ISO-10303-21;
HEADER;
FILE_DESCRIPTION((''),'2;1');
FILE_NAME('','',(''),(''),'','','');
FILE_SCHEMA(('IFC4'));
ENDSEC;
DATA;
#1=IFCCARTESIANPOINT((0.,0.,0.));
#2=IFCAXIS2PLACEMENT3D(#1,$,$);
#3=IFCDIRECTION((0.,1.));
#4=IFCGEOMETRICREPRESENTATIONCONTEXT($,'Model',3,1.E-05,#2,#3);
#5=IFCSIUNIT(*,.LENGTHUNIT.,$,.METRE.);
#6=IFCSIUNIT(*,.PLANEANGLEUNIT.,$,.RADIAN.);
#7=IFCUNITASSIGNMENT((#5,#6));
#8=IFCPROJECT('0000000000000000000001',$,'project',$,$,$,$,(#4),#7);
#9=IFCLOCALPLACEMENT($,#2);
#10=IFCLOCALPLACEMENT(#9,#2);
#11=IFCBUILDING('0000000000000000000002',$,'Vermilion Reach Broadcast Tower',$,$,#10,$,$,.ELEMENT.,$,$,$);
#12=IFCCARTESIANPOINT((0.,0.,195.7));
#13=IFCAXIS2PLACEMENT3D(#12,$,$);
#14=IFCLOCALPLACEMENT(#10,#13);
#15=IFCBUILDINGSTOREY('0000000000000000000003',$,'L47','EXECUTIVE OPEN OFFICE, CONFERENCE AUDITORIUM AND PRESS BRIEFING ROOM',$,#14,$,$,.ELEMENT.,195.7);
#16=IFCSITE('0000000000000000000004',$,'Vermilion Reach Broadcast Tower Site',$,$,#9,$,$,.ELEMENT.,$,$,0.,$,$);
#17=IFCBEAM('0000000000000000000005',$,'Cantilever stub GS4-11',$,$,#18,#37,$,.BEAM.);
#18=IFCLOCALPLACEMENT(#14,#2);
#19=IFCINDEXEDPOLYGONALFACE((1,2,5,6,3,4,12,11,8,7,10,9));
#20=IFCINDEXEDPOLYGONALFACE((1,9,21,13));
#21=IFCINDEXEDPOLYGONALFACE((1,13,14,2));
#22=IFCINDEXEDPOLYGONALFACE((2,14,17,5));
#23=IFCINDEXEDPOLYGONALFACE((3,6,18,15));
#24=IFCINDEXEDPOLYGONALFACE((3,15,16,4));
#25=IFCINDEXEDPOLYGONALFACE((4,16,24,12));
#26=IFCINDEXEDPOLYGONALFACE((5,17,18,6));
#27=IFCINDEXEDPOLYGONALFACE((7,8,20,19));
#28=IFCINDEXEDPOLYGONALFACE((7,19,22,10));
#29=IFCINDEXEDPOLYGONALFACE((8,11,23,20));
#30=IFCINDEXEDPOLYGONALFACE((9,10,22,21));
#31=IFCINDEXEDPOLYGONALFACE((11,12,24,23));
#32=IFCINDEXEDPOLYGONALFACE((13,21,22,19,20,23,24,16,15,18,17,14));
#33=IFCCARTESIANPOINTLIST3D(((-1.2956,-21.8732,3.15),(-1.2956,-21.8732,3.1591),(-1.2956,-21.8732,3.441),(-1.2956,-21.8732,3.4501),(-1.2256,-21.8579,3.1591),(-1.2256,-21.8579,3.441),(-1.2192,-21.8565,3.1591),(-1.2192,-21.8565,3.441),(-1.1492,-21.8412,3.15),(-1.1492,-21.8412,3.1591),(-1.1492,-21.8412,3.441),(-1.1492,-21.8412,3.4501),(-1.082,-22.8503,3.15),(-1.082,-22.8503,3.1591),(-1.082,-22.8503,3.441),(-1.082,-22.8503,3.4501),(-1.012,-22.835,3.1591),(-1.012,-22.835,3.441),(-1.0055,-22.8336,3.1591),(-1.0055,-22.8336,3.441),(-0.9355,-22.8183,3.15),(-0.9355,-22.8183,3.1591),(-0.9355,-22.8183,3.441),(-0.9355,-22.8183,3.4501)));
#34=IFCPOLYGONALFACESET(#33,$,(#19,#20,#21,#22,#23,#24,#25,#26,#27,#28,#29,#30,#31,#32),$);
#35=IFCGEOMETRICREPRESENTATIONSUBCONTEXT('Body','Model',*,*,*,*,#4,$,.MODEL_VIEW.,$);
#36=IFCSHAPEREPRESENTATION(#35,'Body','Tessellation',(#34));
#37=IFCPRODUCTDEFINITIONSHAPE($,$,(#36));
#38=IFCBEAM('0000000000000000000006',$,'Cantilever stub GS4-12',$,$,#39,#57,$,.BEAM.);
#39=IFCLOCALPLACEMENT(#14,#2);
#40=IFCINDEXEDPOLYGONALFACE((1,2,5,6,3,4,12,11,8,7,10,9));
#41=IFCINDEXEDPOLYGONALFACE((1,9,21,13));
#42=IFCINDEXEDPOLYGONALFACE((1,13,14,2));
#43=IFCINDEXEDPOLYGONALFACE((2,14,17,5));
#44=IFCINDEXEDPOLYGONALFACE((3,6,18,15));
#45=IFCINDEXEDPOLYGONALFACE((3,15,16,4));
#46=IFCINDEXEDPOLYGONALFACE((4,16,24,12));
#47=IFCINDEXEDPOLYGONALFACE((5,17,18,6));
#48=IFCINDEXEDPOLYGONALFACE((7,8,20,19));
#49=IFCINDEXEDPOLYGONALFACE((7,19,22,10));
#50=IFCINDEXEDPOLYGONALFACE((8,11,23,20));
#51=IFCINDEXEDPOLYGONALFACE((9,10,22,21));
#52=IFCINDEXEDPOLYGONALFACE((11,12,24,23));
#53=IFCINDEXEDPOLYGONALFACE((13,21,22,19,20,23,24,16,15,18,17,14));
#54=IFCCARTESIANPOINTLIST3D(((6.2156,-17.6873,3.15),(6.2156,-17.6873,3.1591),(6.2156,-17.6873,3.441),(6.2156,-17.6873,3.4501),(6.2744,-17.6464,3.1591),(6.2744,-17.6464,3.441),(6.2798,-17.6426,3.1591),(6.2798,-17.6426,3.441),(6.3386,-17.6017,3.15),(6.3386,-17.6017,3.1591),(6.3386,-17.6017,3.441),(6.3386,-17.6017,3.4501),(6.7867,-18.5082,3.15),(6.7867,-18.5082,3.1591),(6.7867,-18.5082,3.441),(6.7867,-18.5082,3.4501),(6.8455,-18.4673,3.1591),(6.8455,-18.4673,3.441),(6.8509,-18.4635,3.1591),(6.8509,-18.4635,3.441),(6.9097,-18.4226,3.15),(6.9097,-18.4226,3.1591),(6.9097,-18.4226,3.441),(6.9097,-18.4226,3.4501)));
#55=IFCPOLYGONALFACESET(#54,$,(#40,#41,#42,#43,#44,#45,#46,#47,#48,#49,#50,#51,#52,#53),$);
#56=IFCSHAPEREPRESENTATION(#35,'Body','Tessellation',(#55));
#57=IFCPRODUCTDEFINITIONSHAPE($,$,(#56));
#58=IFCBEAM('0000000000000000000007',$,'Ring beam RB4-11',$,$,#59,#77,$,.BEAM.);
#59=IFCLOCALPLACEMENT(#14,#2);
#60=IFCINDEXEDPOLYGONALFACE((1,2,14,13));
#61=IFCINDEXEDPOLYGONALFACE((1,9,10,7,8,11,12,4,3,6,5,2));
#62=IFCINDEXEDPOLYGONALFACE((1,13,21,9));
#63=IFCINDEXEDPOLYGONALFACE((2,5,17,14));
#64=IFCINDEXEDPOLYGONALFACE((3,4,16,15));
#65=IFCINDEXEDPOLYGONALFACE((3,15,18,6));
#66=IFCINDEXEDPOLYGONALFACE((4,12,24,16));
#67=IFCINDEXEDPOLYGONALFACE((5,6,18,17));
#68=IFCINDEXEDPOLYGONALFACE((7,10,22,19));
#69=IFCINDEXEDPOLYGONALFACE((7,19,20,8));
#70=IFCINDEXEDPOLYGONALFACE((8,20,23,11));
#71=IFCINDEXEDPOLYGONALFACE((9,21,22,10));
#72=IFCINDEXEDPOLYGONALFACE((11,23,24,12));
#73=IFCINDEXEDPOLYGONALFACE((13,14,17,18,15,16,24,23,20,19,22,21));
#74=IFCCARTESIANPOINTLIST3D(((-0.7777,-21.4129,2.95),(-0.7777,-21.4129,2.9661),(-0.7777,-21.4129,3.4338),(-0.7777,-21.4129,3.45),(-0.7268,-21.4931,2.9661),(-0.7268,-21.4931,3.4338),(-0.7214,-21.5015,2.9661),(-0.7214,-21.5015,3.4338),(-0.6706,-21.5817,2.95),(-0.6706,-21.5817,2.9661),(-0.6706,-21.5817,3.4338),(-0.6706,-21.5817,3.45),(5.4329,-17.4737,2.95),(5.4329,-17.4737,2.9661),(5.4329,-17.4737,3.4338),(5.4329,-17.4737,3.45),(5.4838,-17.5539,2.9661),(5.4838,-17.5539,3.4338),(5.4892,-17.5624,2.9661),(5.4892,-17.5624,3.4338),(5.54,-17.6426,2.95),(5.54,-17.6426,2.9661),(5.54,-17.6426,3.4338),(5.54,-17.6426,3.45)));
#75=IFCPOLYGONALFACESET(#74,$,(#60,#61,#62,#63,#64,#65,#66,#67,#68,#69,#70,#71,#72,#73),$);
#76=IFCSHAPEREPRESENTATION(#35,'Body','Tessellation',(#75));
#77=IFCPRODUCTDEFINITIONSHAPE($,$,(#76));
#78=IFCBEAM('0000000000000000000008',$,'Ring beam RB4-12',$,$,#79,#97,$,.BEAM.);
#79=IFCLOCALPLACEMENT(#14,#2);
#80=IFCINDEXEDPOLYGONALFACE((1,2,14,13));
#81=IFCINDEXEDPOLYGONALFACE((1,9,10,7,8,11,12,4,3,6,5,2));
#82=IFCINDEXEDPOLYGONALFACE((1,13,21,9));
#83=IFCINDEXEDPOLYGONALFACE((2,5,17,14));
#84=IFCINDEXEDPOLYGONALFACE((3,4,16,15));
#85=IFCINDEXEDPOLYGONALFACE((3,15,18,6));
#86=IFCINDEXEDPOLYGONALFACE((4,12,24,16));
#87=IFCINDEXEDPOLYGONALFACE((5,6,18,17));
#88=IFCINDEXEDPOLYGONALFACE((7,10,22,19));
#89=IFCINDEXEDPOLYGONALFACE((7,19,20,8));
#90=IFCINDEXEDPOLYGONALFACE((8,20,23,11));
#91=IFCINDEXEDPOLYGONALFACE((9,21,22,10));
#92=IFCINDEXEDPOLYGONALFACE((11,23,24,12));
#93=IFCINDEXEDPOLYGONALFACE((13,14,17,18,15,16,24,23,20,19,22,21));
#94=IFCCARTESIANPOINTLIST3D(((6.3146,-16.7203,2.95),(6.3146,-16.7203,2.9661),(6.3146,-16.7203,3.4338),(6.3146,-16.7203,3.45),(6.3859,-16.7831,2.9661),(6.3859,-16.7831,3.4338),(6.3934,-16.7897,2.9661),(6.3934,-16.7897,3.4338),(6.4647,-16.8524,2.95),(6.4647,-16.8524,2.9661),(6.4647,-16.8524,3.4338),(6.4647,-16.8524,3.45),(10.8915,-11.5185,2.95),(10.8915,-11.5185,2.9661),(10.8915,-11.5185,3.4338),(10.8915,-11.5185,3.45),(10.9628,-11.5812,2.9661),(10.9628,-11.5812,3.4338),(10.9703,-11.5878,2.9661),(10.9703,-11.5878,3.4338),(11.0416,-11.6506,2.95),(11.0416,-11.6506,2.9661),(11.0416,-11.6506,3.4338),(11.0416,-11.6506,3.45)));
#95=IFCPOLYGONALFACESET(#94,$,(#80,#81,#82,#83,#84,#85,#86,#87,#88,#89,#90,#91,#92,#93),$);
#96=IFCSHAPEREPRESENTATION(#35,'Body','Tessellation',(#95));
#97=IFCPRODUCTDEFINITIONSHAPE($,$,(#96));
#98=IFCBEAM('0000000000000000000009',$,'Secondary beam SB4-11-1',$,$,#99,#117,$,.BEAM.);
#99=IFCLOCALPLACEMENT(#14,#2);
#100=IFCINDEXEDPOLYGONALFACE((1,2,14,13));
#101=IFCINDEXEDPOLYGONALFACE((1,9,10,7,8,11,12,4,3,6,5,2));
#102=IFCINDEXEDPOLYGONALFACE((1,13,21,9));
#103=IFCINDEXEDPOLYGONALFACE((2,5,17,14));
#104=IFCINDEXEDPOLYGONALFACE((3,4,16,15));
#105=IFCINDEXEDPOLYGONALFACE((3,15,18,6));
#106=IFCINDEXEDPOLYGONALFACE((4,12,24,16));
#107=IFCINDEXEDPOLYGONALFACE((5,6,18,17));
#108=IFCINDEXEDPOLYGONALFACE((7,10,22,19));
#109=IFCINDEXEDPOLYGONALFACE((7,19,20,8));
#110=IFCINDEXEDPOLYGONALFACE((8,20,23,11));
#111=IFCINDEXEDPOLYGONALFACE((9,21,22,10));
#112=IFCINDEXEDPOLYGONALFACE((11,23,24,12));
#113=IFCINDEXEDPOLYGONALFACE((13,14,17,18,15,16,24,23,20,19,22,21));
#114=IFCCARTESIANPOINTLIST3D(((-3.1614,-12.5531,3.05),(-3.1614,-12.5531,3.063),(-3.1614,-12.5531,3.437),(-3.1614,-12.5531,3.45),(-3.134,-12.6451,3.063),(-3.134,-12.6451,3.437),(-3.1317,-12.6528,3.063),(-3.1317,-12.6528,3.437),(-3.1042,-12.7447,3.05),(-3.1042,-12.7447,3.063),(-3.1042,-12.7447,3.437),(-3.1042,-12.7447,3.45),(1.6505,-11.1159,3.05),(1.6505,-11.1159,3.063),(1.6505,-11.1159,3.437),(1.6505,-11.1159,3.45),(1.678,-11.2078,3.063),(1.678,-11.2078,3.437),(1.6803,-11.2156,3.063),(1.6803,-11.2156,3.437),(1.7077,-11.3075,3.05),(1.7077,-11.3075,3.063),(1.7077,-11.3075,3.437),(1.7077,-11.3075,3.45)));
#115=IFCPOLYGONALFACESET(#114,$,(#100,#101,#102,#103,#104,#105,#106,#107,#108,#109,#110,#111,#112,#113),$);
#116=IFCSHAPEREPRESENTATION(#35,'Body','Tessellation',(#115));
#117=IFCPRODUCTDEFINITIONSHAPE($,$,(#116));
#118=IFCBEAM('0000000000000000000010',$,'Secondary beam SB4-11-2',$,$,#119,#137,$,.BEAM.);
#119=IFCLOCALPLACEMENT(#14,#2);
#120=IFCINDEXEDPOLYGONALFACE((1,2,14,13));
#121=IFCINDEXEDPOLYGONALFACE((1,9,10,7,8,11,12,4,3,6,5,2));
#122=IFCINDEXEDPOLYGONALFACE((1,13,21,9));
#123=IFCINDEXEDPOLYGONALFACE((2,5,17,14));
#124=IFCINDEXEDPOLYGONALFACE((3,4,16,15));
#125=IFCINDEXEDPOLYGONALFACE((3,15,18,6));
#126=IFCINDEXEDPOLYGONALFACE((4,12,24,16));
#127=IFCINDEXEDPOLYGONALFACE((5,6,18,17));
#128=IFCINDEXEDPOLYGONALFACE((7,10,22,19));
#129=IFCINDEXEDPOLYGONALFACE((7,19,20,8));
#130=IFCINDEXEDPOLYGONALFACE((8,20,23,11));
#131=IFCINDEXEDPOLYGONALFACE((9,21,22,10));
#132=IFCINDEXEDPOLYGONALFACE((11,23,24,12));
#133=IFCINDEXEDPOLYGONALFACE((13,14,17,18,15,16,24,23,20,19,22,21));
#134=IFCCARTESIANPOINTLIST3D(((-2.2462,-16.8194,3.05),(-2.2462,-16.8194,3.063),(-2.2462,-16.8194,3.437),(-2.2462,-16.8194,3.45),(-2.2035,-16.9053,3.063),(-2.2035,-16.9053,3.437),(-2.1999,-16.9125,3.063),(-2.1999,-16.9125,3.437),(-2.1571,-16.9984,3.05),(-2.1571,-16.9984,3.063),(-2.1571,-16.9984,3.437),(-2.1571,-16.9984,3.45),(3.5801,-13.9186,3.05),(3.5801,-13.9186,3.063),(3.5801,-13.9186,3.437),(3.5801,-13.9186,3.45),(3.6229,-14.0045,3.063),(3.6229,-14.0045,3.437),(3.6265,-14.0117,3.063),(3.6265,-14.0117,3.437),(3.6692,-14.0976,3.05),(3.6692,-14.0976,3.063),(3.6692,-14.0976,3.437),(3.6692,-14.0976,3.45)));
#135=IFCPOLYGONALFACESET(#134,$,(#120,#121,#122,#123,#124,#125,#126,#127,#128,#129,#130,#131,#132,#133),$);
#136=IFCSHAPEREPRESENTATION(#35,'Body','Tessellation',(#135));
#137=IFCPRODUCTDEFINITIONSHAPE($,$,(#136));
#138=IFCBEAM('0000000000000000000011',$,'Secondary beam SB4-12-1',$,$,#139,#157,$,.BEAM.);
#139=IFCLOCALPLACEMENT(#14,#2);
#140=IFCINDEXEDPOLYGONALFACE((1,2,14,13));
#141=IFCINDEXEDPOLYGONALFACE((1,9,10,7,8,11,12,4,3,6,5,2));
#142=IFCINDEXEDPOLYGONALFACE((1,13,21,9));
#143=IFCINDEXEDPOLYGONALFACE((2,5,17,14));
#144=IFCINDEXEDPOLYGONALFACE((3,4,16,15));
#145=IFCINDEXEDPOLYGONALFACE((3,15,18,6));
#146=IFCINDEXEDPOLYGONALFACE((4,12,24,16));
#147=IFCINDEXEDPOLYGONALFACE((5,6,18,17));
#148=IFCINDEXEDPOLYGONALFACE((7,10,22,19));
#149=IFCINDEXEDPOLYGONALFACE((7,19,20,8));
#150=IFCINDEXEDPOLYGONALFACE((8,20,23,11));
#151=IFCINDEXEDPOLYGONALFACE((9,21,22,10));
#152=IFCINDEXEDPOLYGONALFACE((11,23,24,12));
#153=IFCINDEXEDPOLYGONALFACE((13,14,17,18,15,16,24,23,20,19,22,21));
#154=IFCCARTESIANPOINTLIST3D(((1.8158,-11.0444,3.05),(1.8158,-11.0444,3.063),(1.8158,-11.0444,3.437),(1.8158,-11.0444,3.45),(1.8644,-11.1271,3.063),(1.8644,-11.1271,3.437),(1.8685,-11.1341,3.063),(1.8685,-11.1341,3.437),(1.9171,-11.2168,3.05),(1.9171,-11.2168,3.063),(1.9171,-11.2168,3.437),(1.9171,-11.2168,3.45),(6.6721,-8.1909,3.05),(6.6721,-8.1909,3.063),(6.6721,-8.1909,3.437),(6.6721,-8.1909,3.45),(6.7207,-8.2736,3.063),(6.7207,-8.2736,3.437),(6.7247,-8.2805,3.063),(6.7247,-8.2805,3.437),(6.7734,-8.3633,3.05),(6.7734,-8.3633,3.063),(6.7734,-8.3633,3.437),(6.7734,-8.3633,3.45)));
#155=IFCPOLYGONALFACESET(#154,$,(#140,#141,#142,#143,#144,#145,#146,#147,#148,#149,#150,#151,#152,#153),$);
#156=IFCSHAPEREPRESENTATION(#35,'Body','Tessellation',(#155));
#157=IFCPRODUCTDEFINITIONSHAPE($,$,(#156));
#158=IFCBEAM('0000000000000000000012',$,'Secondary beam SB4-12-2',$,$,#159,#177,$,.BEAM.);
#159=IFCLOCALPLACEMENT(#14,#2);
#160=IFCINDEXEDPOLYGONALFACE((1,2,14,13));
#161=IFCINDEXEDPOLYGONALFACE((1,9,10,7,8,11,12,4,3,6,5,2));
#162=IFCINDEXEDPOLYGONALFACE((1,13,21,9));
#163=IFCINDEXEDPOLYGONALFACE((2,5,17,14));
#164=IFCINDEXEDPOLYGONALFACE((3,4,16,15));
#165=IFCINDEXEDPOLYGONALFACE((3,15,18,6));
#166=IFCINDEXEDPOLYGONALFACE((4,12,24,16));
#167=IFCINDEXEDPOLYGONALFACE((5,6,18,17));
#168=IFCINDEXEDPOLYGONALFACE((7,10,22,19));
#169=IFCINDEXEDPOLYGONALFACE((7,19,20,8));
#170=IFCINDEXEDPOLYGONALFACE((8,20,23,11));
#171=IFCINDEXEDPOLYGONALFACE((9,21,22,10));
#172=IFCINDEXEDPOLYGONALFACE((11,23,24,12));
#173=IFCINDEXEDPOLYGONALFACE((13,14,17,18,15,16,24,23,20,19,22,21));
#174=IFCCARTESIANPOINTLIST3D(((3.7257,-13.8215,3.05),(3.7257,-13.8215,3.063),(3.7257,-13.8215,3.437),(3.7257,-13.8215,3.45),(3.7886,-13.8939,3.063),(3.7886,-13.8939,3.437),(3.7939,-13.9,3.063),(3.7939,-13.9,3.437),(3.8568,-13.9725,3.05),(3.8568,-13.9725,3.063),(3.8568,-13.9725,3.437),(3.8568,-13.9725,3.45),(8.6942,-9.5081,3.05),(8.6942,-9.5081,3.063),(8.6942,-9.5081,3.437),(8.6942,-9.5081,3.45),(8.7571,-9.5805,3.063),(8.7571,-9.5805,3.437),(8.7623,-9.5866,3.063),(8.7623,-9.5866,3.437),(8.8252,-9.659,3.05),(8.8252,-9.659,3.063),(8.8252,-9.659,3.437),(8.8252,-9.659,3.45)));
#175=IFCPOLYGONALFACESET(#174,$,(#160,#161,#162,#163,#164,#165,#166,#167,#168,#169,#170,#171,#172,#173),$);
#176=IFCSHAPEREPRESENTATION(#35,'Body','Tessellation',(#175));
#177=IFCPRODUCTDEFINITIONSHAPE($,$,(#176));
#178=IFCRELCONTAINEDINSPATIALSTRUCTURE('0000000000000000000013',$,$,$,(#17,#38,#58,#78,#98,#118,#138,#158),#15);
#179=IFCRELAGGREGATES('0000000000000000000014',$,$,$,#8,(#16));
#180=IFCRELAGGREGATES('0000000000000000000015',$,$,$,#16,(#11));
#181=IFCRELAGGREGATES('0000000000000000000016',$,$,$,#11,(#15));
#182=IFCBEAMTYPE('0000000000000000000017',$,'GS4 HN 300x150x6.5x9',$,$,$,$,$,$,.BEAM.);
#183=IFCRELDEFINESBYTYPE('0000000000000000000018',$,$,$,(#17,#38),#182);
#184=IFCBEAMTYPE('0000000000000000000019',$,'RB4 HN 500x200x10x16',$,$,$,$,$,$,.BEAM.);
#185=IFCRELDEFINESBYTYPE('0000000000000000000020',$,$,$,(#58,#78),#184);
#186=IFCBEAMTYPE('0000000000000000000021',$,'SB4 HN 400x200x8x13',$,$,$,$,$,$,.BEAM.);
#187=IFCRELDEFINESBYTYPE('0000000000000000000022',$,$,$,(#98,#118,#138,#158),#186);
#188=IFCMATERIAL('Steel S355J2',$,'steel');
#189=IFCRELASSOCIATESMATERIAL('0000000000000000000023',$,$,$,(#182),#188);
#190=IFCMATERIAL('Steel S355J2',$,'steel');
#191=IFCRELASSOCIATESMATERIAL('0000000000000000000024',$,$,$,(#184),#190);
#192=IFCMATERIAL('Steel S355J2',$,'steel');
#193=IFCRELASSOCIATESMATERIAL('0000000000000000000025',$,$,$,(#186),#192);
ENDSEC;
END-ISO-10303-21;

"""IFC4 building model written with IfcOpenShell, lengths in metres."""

from ifc_helpers import new_model, si_unit, direction, frame, origin, origin_2d, place, context, subcontext, project, spatial, i_section, extrude, material, material_profile, profile_set, type_object, element, save


model = new_model("IFC4")

# Units and contexts
model_context = context("Model", 3, precision=1e-05, world=origin(), true_north=direction((0.0, 1.0)))
body_context = subcontext(model_context, "Body", "Model", "MODEL_VIEW")
ifc_project = project(units=[si_unit("LENGTHUNIT", "METRE"), si_unit("PLANEANGLEUNIT", "RADIAN")], contexts=[model_context])

# Site, building, storey
site_placement = place(None, origin())
site = spatial("IfcSite", under=ifc_project, at=site_placement, Name="Vermilion Reach Broadcast Tower Site", CompositionType="ELEMENT", RefElevation=0.0)
building_placement = place(site_placement, origin())
building = spatial("IfcBuilding", under=site, at=building_placement, Name="Vermilion Reach Broadcast Tower", CompositionType="ELEMENT")
storey_placement = place(building_placement, frame((0.0, 0.0, 195.7)))
storey = spatial("IfcBuildingStorey", under=building, at=storey_placement, Name="L47", Description="EXECUTIVE OPEN OFFICE, CONFERENCE AUDITORIUM AND PRESS BRIEFING ROOM", CompositionType="ELEMENT", Elevation=195.7)

# Beams
ifc_material_1 = material(Name="Steel S355J2", Category="steel")
ifc_material_profile_1 = material_profile(ifc_material_1, i_section(OverallWidth=0.1499, OverallDepth=0.3, WebThickness=0.0066, FlangeThickness=0.009, at=origin_2d()), Name="S355J2 HN 300x150x6.5x9")
ifc_profile_set_1 = profile_set([ifc_material_profile_1], Name="Steel S355J2")
beam_type_1 = type_object("IfcBeamType", Name="GS4 HN 300x150x6.5x9", PredefinedType="BEAM", material=ifc_profile_set_1)
beam_1_placement = place(storey_placement, frame((-1.2224, -21.8572, 3.3), z_axis=(0.213595, -0.976922, 0.0), x_axis=(0.976922, 0.213595, 0.0)))
element("IfcBeam", 1, at=beam_1_placement, inside=storey, type_object=beam_type_1, Name="Cantilever stub GS4-11", PredefinedType="BEAM", context=body_context, shape_type="SweptSolid", body=[
    extrude(i_section(OverallWidth=0.1499, OverallDepth=0.3, WebThickness=0.0066, FlangeThickness=0.009, at=origin_2d()), origin(), (0.0, 0.0, 1.0), 1.0002),
])
beam_2_placement = place(storey_placement, frame((6.2771, -17.6445, 3.3), z_axis=(0.5711, -0.82088, 0.0), x_axis=(0.82088, 0.5711, 0.0)))
element("IfcBeam", 2, at=beam_2_placement, inside=storey, type_object=beam_type_1, Name="Cantilever stub GS4-12", PredefinedType="BEAM", context=body_context, shape_type="SweptSolid", body=[
    extrude(i_section(OverallWidth=0.1499, OverallDepth=0.3, WebThickness=0.0066, FlangeThickness=0.009, at=origin_2d()), origin(), (0.0, 0.0, 1.0), 1.0),
])
ifc_material_2 = material(Name="Steel S355J2", Category="steel")
ifc_material_profile_2 = material_profile(ifc_material_2, i_section(OverallWidth=0.2, OverallDepth=0.5, WebThickness=0.01, FlangeThickness=0.0161, at=origin_2d()), Name="S355J2 HN 500x200x10x16")
ifc_profile_set_2 = profile_set([ifc_material_profile_2], Name="Steel S355J2")
beam_type_2 = type_object("IfcBeamType", Name="RB4 HN 500x200x10x16", PredefinedType="BEAM", material=ifc_profile_set_2)
beam_3_placement = place(storey_placement, frame((-0.7241, -21.4973, 3.2), z_axis=(0.844464, 0.535612, 0.0), x_axis=(-0.535612, 0.844464, 0.0)))
element("IfcBeam", 3, at=beam_3_placement, inside=storey, type_object=beam_type_2, Name="Ring beam RB4-11", PredefinedType="BEAM", context=body_context, shape_type="SweptSolid", body=[
    extrude(i_section(OverallWidth=0.2, OverallDepth=0.5, WebThickness=0.01, FlangeThickness=0.0161, at=origin_2d()), origin(), (0.0, 0.0, 1.0), 7.3545),
])
beam_4_placement = place(storey_placement, frame((6.3896, -16.7864, 3.2), z_axis=(0.660565, 0.750769, 0.0), x_axis=(-0.750769, 0.660565, 0.0)))
element("IfcBeam", 4, at=beam_4_placement, inside=storey, type_object=beam_type_2, Name="Ring beam RB4-12", PredefinedType="BEAM", context=body_context, shape_type="SweptSolid", body=[
    extrude(i_section(OverallWidth=0.2, OverallDepth=0.5, WebThickness=0.01, FlangeThickness=0.0161, at=origin_2d()), origin(), (0.0, 0.0, 1.0), 6.9287),
])
ifc_material_3 = material(Name="Steel S355J2", Category="steel")
ifc_material_profile_3 = material_profile(ifc_material_3, i_section(OverallWidth=0.2, OverallDepth=0.3999, WebThickness=0.0081, FlangeThickness=0.0129, at=origin_2d()), Name="S355J2 HN 400x200x8x13")
ifc_profile_set_3 = profile_set([ifc_material_profile_3], Name="Steel S355J2")
beam_type_3 = type_object("IfcBeamType", Name="SB4 HN 400x200x8x13", PredefinedType="BEAM", material=ifc_profile_set_3)
beam_5_placement = place(storey_placement, frame((-3.1328, -12.6489, 3.25), z_axis=(0.958173, 0.286188, 0.0), x_axis=(-0.286188, 0.958173, 0.0)))
element("IfcBeam", 5, at=beam_5_placement, inside=storey, type_object=beam_type_3, Name="Secondary beam SB4-11-1", PredefinedType="BEAM", context=body_context, shape_type="SweptSolid", body=[
    extrude(i_section(OverallWidth=0.2, OverallDepth=0.3999, WebThickness=0.0081, FlangeThickness=0.0129, at=origin_2d()), origin(), (0.0, 0.0, 1.0), 5.022),
])
beam_6_placement = place(storey_placement, frame((-2.2017, -16.9089, 3.25), z_axis=(0.895184, 0.445698, 0.0), x_axis=(-0.445698, 0.895184, 0.0)))
element("IfcBeam", 6, at=beam_6_placement, inside=storey, type_object=beam_type_3, Name="Secondary beam SB4-11-2", PredefinedType="BEAM", context=body_context, shape_type="SweptSolid", body=[
    extrude(i_section(OverallWidth=0.2, OverallDepth=0.3999, WebThickness=0.0081, FlangeThickness=0.0129, at=origin_2d()), origin(), (0.0, 0.0, 1.0), 6.5085),
])
beam_7_placement = place(storey_placement, frame((1.8665, -11.1306, 3.25), z_axis=(0.862173, 0.506615, 0.0), x_axis=(-0.506615, 0.862173, 0.0)))
element("IfcBeam", 7, at=beam_7_placement, inside=storey, type_object=beam_type_3, Name="Secondary beam SB4-12-1", PredefinedType="BEAM", context=body_context, shape_type="SweptSolid", body=[
    extrude(i_section(OverallWidth=0.2, OverallDepth=0.3999, WebThickness=0.0081, FlangeThickness=0.0129, at=origin_2d()), origin(), (0.0, 0.0, 1.0), 5.6326),
])
beam_8_placement = place(storey_placement, frame((3.7913, -13.897, 3.25), z_axis=(0.755129, 0.655576, 0.0), x_axis=(-0.655576, 0.755129, 0.0)))
element("IfcBeam", 8, at=beam_8_placement, inside=storey, type_object=beam_type_3, Name="Secondary beam SB4-12-2", PredefinedType="BEAM", context=body_context, shape_type="SweptSolid", body=[
    extrude(i_section(OverallWidth=0.2, OverallDepth=0.3999, WebThickness=0.0081, FlangeThickness=0.0129, at=origin_2d()), origin(), (0.0, 0.0, 1.0), 6.5796),
])

save(model, "model.ifc")
